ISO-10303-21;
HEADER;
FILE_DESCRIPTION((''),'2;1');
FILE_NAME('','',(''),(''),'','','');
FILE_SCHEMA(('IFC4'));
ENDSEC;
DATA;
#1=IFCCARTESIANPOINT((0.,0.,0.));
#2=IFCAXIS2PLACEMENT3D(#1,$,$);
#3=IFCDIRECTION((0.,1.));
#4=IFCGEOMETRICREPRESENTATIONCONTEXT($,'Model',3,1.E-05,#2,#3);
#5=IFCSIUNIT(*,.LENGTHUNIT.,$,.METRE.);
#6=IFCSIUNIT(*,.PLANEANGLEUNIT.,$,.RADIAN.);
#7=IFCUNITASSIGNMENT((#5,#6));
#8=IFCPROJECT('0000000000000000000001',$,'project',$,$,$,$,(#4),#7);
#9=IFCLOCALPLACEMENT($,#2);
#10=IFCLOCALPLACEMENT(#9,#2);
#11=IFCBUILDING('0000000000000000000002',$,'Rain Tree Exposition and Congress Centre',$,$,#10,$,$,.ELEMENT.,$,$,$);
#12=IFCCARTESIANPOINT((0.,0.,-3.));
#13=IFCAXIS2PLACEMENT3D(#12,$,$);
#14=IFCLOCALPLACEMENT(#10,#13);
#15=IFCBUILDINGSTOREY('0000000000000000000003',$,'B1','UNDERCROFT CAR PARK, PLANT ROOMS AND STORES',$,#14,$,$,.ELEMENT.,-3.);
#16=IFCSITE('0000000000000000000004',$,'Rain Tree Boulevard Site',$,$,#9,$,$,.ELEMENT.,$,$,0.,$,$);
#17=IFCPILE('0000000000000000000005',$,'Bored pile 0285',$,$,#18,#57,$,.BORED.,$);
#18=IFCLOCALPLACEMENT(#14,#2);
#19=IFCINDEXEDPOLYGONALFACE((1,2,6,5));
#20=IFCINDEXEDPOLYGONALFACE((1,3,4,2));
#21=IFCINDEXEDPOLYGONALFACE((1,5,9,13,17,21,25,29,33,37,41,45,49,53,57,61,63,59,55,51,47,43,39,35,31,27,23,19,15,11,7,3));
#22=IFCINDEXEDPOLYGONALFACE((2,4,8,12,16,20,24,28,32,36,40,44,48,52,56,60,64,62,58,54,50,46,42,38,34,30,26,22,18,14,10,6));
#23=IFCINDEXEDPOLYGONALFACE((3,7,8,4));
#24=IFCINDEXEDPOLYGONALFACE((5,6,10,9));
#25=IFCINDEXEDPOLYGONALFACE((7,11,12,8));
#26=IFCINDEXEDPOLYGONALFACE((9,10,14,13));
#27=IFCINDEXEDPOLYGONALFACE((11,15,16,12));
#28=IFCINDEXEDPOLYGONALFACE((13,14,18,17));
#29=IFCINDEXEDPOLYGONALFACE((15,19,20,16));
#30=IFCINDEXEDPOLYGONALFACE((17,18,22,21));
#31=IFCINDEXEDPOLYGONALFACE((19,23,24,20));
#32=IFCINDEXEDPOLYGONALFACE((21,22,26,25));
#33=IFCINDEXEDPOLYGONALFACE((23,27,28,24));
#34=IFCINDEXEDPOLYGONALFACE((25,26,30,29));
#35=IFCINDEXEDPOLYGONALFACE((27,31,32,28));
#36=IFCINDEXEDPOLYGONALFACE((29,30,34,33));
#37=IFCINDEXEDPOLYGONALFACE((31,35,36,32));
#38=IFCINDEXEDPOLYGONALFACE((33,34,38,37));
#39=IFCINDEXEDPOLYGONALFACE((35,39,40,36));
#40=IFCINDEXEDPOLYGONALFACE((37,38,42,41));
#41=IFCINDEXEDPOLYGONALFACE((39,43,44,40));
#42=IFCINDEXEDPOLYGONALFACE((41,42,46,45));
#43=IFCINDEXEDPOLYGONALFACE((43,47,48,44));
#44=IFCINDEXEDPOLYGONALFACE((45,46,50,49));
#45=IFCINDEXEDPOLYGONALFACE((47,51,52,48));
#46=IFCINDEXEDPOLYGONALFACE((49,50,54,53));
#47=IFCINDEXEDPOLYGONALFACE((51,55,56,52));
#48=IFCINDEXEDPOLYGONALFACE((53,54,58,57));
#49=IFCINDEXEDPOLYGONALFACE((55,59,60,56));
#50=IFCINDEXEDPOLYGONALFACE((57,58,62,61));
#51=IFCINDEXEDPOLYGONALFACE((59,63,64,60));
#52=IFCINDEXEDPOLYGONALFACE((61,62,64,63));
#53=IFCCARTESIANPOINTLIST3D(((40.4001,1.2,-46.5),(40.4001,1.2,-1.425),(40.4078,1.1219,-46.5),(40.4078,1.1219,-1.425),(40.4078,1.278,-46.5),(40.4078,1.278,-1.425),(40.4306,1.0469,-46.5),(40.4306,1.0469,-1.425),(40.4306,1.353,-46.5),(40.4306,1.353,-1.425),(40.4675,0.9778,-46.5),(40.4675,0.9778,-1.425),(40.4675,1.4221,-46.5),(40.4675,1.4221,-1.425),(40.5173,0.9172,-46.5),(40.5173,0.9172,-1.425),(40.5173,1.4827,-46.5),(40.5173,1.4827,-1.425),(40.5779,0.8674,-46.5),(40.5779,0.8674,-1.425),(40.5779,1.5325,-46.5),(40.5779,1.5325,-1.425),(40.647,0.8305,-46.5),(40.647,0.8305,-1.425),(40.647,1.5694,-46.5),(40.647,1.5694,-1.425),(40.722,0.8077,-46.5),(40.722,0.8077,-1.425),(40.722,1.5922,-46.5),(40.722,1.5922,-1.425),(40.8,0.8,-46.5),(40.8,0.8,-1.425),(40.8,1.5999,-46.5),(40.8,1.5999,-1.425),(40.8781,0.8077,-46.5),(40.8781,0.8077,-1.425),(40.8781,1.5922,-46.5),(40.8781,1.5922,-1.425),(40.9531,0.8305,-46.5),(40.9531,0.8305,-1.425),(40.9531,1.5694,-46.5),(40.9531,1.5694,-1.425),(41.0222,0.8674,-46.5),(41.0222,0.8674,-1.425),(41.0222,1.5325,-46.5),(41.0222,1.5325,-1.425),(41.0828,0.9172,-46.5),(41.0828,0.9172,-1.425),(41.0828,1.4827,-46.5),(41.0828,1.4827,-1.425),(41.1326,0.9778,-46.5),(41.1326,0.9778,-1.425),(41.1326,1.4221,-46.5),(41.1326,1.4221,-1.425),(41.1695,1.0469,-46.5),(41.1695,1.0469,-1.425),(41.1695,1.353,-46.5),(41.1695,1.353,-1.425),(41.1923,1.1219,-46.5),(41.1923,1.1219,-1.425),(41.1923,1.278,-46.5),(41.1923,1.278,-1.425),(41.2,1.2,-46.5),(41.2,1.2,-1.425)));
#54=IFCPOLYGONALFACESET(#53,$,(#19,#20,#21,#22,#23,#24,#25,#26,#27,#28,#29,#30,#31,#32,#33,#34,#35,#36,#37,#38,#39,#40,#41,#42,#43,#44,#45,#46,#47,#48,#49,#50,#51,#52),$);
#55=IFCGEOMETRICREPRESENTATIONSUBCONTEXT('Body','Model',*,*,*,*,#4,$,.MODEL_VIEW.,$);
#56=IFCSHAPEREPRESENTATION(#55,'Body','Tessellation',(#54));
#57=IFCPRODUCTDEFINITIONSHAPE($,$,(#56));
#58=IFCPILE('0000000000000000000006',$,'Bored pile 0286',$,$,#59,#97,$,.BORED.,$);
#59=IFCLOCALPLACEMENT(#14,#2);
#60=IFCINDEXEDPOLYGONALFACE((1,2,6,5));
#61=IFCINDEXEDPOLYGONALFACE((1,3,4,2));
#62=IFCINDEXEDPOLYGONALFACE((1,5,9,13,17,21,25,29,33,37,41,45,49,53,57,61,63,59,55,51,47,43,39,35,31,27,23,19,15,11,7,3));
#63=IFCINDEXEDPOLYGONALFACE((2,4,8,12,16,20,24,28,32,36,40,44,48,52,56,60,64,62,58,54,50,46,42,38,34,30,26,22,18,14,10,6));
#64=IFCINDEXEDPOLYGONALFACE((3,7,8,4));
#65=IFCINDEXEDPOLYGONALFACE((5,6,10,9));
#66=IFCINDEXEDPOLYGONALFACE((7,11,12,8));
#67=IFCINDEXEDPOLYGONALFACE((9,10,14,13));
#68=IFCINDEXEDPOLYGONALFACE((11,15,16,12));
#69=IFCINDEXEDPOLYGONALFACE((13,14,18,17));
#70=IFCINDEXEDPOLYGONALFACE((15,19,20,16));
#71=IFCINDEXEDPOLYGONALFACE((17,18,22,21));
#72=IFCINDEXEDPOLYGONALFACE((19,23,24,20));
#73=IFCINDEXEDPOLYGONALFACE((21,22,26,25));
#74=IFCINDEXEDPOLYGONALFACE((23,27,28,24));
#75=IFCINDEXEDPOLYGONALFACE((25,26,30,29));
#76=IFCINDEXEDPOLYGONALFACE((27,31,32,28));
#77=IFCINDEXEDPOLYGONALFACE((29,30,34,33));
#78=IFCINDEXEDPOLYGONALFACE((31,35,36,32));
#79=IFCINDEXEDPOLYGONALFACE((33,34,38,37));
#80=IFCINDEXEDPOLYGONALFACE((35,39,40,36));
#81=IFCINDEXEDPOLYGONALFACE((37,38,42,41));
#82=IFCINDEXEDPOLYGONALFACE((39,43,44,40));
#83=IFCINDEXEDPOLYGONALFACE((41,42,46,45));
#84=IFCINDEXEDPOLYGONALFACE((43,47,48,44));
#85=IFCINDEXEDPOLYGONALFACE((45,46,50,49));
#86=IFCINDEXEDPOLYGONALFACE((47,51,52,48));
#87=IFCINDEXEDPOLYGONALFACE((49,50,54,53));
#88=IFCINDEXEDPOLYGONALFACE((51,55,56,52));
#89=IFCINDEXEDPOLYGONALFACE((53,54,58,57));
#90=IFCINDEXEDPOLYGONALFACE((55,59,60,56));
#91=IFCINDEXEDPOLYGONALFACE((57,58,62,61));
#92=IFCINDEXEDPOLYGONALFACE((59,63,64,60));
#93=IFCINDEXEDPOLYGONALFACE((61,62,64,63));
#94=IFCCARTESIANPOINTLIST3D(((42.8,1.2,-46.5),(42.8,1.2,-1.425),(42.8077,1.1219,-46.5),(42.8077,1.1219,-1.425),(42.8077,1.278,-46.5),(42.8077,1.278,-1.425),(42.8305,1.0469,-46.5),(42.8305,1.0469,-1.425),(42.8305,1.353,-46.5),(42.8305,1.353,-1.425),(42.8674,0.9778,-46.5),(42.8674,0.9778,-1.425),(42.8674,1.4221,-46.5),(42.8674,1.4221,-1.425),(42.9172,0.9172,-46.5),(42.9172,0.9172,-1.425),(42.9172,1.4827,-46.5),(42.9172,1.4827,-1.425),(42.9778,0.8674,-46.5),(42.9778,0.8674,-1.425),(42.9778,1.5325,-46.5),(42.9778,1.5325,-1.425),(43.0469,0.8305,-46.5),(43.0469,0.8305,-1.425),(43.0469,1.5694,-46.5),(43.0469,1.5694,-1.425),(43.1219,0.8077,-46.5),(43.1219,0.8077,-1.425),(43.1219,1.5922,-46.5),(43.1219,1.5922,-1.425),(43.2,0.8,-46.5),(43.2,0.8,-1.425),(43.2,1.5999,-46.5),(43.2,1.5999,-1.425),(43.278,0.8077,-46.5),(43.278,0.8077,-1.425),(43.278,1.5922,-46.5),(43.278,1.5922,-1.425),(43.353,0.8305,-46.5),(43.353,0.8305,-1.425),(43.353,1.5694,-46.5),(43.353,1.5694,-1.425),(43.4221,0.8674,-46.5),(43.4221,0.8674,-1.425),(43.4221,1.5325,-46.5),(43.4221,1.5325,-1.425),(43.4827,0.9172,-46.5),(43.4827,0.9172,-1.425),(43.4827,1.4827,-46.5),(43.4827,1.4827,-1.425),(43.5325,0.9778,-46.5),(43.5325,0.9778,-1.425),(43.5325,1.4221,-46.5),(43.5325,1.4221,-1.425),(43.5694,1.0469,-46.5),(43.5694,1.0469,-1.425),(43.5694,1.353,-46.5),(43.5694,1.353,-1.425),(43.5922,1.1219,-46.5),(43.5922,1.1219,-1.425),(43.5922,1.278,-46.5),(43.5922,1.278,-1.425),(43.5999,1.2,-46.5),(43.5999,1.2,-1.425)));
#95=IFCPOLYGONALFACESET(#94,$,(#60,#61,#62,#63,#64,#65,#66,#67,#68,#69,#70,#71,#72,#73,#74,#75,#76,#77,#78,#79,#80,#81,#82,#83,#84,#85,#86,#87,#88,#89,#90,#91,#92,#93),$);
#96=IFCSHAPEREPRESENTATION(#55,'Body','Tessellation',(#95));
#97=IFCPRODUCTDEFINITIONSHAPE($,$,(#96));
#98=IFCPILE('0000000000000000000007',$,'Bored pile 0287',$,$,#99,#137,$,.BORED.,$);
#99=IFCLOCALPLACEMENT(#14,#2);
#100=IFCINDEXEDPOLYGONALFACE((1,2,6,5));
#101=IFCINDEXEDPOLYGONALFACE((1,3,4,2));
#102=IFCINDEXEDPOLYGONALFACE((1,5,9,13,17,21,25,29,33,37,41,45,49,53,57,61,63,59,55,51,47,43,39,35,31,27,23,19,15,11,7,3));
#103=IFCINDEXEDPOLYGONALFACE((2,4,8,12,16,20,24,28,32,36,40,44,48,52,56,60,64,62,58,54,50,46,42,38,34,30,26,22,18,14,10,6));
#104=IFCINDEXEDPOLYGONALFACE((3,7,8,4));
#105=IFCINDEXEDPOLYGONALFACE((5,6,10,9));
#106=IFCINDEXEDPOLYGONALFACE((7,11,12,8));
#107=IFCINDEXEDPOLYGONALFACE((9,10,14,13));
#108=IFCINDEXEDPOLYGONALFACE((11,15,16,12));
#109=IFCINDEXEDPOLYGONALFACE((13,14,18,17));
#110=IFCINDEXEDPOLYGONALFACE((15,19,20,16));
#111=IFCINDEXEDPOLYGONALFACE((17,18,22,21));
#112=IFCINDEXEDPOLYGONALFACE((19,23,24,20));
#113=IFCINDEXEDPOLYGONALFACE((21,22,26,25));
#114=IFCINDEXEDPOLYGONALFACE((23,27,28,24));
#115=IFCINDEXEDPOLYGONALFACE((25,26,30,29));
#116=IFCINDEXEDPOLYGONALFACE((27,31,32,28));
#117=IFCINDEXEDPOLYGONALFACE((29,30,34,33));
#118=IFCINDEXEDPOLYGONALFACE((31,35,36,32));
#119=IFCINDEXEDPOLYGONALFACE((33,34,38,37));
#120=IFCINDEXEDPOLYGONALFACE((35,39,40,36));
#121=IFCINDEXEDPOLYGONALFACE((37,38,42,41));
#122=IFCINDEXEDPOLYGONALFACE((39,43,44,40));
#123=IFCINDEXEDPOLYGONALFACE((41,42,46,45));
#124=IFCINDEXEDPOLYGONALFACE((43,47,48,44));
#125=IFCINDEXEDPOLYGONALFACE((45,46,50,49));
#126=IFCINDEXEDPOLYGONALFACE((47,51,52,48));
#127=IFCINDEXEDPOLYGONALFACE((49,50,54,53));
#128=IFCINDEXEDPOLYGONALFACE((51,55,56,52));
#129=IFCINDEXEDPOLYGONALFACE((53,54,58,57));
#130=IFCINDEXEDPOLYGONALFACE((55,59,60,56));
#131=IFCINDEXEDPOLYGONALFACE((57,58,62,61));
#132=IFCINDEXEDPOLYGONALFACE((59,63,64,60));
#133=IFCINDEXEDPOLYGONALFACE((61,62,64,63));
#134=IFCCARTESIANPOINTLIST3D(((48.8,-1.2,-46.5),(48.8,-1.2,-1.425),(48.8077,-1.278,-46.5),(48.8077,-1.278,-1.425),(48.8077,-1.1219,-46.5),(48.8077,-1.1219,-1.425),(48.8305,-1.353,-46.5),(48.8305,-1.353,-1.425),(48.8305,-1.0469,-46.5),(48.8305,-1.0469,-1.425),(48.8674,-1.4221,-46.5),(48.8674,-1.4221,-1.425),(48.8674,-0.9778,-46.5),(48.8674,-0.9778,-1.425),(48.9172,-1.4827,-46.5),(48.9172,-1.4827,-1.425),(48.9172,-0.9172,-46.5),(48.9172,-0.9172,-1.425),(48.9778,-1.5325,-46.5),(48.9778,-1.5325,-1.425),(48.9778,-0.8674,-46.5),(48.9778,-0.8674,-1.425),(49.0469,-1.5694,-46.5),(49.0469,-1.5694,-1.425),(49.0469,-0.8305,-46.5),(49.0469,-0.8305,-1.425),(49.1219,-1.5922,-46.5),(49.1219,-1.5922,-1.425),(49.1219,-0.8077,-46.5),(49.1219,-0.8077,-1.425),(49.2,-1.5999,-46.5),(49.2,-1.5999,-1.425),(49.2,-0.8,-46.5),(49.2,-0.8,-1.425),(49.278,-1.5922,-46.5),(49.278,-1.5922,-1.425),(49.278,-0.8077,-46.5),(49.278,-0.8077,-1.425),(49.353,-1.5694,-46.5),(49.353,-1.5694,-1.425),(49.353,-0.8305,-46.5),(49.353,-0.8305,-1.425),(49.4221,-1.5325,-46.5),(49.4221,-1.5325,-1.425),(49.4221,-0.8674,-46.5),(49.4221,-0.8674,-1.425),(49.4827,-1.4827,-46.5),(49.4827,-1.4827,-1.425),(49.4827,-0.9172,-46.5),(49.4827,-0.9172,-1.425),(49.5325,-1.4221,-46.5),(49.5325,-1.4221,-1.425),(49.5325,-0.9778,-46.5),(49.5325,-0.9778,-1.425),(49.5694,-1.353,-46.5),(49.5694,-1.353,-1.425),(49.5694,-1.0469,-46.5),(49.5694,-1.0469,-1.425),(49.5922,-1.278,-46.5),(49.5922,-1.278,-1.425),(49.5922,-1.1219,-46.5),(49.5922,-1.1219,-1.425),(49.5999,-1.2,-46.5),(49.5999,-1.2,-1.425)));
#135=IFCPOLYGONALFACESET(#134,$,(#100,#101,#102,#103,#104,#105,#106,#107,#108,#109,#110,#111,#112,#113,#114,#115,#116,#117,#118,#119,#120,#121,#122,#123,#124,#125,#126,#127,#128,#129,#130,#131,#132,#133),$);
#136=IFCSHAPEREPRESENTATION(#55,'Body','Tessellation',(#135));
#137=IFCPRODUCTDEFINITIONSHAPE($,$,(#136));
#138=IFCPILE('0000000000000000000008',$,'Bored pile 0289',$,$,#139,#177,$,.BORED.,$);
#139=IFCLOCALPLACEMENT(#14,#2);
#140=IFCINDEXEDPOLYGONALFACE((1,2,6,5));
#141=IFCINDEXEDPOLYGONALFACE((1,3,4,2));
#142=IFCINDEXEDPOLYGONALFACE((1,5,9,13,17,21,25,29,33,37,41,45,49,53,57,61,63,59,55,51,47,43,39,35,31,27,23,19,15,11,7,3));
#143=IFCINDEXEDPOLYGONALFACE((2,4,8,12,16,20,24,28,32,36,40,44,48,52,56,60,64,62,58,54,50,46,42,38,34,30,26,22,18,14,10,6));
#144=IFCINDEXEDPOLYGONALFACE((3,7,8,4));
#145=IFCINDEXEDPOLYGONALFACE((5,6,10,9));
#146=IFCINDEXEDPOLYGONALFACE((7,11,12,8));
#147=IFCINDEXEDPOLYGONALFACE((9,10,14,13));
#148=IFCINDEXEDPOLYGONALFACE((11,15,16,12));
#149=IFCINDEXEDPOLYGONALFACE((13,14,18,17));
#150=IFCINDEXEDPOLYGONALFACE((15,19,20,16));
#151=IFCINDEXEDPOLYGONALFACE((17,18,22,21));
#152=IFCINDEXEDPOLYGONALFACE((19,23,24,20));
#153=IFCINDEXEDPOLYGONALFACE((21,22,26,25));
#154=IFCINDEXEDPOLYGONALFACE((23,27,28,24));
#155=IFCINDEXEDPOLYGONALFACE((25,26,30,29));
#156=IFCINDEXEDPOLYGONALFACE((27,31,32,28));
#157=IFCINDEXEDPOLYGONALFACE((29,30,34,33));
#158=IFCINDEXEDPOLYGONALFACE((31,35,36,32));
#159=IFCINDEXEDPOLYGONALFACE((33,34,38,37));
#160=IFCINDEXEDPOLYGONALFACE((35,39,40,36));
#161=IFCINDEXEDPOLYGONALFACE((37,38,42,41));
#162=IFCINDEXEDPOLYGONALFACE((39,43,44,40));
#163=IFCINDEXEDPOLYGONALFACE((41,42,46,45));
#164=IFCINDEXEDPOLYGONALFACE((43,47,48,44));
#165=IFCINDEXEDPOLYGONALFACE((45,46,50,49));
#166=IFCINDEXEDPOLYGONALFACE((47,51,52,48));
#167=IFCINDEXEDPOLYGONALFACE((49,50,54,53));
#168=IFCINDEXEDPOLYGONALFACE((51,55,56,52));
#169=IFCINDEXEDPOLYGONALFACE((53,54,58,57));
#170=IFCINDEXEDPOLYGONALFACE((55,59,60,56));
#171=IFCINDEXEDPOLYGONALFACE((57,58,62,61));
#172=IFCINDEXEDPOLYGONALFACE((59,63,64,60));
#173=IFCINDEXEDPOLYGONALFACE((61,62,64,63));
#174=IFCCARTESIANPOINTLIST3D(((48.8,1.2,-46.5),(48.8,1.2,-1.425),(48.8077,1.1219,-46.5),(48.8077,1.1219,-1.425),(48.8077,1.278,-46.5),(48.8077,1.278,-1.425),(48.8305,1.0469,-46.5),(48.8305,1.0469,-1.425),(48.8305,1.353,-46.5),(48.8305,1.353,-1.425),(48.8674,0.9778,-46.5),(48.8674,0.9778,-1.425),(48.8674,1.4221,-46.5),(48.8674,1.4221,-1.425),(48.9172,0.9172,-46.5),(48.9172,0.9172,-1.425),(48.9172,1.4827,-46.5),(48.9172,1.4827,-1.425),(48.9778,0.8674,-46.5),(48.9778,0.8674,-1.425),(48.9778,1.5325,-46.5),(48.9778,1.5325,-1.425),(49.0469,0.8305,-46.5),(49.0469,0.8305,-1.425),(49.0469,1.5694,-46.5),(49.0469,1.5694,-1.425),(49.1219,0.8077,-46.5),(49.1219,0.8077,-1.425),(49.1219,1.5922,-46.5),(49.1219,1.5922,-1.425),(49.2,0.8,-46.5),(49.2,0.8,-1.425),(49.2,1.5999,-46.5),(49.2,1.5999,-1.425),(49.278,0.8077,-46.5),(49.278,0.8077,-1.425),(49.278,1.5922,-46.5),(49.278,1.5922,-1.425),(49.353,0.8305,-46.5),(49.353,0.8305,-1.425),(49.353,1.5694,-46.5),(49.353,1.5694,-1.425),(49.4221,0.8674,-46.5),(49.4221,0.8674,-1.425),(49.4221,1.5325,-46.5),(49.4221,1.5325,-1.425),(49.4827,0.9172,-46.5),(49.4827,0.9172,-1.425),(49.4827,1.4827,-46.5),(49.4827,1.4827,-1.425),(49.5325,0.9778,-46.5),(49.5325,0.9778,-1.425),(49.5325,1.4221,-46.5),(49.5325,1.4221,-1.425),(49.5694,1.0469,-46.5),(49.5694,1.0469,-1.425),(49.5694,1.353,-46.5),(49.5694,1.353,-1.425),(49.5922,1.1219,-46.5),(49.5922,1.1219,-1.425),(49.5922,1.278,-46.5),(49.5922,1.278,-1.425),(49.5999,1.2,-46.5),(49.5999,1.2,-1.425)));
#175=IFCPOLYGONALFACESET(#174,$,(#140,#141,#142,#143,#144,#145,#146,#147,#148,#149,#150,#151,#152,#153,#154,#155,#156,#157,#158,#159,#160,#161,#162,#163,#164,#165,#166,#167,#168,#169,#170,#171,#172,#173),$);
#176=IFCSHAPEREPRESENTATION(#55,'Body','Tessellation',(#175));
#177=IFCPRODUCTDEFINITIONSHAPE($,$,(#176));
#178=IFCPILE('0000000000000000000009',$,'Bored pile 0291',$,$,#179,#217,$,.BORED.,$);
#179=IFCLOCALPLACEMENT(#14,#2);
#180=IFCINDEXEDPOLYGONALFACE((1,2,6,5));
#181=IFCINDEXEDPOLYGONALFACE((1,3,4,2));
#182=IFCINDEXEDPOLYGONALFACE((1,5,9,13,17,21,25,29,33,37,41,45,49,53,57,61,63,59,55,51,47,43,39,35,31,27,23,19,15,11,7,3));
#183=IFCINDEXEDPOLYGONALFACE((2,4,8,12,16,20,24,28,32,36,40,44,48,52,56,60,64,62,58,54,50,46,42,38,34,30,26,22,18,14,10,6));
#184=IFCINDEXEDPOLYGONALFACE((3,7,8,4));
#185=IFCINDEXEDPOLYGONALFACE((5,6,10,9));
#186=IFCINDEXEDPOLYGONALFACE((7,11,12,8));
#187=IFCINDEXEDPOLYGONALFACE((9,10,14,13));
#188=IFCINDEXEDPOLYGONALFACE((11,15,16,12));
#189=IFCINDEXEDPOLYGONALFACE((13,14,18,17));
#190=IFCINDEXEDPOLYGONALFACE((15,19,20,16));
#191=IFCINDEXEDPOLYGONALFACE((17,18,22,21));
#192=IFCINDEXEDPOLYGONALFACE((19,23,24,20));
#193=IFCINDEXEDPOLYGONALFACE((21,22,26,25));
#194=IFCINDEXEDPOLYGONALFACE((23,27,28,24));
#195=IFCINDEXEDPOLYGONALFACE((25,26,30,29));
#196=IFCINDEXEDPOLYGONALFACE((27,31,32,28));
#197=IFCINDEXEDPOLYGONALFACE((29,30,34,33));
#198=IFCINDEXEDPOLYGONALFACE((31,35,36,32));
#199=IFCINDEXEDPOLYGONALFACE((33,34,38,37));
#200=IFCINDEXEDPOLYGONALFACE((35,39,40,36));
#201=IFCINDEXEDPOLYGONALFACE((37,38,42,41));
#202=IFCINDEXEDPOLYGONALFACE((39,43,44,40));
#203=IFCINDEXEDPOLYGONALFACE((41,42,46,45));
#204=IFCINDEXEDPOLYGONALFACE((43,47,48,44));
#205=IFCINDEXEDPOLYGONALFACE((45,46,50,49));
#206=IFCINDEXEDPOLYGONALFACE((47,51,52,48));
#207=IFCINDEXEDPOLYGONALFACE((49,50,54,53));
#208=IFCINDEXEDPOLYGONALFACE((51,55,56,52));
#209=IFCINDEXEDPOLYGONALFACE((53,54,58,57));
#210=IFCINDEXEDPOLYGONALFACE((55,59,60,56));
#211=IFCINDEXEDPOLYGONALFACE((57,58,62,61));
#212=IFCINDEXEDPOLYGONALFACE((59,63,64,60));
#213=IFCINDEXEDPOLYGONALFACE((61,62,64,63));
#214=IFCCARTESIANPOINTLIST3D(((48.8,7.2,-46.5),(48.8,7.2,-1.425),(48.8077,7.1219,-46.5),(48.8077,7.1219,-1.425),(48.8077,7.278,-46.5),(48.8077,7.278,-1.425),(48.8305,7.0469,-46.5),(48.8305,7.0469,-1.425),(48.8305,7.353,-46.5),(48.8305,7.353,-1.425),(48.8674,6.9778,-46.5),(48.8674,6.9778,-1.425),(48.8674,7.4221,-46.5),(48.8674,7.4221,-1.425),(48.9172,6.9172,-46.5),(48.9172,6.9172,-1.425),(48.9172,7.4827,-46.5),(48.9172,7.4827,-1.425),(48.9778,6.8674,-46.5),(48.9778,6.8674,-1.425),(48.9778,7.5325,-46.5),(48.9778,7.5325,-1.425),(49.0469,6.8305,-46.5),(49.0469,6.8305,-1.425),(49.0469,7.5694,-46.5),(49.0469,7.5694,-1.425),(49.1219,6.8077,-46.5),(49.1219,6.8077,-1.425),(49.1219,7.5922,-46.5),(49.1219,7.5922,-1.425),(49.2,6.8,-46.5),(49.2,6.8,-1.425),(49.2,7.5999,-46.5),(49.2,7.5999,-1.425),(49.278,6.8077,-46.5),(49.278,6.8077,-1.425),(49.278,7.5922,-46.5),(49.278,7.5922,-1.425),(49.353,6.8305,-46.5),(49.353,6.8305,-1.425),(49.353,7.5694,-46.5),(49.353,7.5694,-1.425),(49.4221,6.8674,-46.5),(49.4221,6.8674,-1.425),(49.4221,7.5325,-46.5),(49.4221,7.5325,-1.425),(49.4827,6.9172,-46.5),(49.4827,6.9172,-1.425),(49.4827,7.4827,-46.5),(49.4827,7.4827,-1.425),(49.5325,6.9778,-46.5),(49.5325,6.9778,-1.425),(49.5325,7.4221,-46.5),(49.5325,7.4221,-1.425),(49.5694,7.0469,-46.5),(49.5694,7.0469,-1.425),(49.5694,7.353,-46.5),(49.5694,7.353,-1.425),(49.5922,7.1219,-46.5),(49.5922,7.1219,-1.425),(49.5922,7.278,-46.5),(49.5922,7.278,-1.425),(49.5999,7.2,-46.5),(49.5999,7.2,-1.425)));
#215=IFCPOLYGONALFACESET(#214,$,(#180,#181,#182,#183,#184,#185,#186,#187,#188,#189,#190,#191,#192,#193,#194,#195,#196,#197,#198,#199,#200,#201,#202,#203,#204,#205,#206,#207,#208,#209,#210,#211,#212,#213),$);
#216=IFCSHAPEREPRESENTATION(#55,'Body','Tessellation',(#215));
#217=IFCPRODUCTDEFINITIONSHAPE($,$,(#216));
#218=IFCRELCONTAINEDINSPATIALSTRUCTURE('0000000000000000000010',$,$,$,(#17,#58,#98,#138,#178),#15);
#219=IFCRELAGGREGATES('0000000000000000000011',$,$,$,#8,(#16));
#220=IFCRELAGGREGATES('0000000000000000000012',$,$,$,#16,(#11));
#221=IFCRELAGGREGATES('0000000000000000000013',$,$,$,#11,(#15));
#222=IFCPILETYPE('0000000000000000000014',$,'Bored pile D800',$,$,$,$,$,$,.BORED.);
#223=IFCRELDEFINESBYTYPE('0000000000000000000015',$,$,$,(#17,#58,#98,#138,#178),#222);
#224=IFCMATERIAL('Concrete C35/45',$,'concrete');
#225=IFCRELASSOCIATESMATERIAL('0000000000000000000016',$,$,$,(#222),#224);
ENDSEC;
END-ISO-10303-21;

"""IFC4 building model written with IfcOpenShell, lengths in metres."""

from ifc_helpers import new_model, si_unit, direction, frame, origin, origin_2d, place, context, subcontext, project, spatial, circle, extrude, material, material_profile, profile_set, type_object, element, save


model = new_model("IFC4")

# Units and contexts
model_context = context("Model", 3, precision=1e-05, world=origin(), true_north=direction((0.0, 1.0)))
body_context = subcontext(model_context, "Body", "Model", "MODEL_VIEW")
ifc_project = project(units=[si_unit("LENGTHUNIT", "METRE"), si_unit("PLANEANGLEUNIT", "RADIAN")], contexts=[model_context])

# Site, building, storey
site_placement = place(None, origin())
site = spatial("IfcSite", under=ifc_project, at=site_placement, Name="Rain Tree Boulevard Site", CompositionType="ELEMENT", RefElevation=0.0)
building_placement = place(site_placement, origin())
building = spatial("IfcBuilding", under=site, at=building_placement, Name="Rain Tree Exposition and Congress Centre", CompositionType="ELEMENT")
storey_placement = place(building_placement, frame((0.0, 0.0, -3.0)))
storey = spatial("IfcBuildingStorey", under=building, at=storey_placement, Name="B1", Description="UNDERCROFT CAR PARK, PLANT ROOMS AND STORES", CompositionType="ELEMENT", Elevation=-3.0)

# Piles
ifc_material_1 = material(Name="Concrete C35/45", Category="concrete")
ifc_material_profile_1 = material_profile(ifc_material_1, circle(Radius=0.3999, at=origin_2d()), Name="D800")
ifc_profile_set_1 = profile_set([ifc_material_profile_1], Name="Concrete C35/45")
pile_type = type_object("IfcPileType", Name="Bored pile D800", PredefinedType="BORED", material=ifc_profile_set_1)
for number, where, z_axis, x_axis, name in (
    (1, (40.8, 1.2, -1.425), (0.0, 0.0, -1.0), (1.0, 0.0, 0.0), "Bored pile 0285"),
    (2, (43.2, 1.2, -1.425), (0.0, 0.0, -1.0), (1.0, 0.0, 0.0), "Bored pile 0286"),
    (3, (49.2, -1.2, -1.425), (0.0, 0.0, -1.0), (1.0, 0.0, 0.0), "Bored pile 0287"),
    (4, (49.2, 1.2, -1.425), (0.0, 0.0, -1.0), (1.0, 0.0, 0.0), "Bored pile 0289"),
    (5, (49.2, 7.2, -1.425), (0.0, 0.0, -1.0), (1.0, 0.0, 0.0), "Bored pile 0291"),
):
    element("IfcPile", number, at=place(storey_placement, frame(where, z_axis=z_axis, x_axis=x_axis)), inside=storey, type_object=pile_type, Name=name, PredefinedType="BORED", context=body_context, shape_type="SweptSolid", body=[
        extrude(circle(Radius=0.3999, at=origin_2d()), origin(), (0.0, 0.0, 1.0), 45.075),
    ])

save(model, "model.ifc")
